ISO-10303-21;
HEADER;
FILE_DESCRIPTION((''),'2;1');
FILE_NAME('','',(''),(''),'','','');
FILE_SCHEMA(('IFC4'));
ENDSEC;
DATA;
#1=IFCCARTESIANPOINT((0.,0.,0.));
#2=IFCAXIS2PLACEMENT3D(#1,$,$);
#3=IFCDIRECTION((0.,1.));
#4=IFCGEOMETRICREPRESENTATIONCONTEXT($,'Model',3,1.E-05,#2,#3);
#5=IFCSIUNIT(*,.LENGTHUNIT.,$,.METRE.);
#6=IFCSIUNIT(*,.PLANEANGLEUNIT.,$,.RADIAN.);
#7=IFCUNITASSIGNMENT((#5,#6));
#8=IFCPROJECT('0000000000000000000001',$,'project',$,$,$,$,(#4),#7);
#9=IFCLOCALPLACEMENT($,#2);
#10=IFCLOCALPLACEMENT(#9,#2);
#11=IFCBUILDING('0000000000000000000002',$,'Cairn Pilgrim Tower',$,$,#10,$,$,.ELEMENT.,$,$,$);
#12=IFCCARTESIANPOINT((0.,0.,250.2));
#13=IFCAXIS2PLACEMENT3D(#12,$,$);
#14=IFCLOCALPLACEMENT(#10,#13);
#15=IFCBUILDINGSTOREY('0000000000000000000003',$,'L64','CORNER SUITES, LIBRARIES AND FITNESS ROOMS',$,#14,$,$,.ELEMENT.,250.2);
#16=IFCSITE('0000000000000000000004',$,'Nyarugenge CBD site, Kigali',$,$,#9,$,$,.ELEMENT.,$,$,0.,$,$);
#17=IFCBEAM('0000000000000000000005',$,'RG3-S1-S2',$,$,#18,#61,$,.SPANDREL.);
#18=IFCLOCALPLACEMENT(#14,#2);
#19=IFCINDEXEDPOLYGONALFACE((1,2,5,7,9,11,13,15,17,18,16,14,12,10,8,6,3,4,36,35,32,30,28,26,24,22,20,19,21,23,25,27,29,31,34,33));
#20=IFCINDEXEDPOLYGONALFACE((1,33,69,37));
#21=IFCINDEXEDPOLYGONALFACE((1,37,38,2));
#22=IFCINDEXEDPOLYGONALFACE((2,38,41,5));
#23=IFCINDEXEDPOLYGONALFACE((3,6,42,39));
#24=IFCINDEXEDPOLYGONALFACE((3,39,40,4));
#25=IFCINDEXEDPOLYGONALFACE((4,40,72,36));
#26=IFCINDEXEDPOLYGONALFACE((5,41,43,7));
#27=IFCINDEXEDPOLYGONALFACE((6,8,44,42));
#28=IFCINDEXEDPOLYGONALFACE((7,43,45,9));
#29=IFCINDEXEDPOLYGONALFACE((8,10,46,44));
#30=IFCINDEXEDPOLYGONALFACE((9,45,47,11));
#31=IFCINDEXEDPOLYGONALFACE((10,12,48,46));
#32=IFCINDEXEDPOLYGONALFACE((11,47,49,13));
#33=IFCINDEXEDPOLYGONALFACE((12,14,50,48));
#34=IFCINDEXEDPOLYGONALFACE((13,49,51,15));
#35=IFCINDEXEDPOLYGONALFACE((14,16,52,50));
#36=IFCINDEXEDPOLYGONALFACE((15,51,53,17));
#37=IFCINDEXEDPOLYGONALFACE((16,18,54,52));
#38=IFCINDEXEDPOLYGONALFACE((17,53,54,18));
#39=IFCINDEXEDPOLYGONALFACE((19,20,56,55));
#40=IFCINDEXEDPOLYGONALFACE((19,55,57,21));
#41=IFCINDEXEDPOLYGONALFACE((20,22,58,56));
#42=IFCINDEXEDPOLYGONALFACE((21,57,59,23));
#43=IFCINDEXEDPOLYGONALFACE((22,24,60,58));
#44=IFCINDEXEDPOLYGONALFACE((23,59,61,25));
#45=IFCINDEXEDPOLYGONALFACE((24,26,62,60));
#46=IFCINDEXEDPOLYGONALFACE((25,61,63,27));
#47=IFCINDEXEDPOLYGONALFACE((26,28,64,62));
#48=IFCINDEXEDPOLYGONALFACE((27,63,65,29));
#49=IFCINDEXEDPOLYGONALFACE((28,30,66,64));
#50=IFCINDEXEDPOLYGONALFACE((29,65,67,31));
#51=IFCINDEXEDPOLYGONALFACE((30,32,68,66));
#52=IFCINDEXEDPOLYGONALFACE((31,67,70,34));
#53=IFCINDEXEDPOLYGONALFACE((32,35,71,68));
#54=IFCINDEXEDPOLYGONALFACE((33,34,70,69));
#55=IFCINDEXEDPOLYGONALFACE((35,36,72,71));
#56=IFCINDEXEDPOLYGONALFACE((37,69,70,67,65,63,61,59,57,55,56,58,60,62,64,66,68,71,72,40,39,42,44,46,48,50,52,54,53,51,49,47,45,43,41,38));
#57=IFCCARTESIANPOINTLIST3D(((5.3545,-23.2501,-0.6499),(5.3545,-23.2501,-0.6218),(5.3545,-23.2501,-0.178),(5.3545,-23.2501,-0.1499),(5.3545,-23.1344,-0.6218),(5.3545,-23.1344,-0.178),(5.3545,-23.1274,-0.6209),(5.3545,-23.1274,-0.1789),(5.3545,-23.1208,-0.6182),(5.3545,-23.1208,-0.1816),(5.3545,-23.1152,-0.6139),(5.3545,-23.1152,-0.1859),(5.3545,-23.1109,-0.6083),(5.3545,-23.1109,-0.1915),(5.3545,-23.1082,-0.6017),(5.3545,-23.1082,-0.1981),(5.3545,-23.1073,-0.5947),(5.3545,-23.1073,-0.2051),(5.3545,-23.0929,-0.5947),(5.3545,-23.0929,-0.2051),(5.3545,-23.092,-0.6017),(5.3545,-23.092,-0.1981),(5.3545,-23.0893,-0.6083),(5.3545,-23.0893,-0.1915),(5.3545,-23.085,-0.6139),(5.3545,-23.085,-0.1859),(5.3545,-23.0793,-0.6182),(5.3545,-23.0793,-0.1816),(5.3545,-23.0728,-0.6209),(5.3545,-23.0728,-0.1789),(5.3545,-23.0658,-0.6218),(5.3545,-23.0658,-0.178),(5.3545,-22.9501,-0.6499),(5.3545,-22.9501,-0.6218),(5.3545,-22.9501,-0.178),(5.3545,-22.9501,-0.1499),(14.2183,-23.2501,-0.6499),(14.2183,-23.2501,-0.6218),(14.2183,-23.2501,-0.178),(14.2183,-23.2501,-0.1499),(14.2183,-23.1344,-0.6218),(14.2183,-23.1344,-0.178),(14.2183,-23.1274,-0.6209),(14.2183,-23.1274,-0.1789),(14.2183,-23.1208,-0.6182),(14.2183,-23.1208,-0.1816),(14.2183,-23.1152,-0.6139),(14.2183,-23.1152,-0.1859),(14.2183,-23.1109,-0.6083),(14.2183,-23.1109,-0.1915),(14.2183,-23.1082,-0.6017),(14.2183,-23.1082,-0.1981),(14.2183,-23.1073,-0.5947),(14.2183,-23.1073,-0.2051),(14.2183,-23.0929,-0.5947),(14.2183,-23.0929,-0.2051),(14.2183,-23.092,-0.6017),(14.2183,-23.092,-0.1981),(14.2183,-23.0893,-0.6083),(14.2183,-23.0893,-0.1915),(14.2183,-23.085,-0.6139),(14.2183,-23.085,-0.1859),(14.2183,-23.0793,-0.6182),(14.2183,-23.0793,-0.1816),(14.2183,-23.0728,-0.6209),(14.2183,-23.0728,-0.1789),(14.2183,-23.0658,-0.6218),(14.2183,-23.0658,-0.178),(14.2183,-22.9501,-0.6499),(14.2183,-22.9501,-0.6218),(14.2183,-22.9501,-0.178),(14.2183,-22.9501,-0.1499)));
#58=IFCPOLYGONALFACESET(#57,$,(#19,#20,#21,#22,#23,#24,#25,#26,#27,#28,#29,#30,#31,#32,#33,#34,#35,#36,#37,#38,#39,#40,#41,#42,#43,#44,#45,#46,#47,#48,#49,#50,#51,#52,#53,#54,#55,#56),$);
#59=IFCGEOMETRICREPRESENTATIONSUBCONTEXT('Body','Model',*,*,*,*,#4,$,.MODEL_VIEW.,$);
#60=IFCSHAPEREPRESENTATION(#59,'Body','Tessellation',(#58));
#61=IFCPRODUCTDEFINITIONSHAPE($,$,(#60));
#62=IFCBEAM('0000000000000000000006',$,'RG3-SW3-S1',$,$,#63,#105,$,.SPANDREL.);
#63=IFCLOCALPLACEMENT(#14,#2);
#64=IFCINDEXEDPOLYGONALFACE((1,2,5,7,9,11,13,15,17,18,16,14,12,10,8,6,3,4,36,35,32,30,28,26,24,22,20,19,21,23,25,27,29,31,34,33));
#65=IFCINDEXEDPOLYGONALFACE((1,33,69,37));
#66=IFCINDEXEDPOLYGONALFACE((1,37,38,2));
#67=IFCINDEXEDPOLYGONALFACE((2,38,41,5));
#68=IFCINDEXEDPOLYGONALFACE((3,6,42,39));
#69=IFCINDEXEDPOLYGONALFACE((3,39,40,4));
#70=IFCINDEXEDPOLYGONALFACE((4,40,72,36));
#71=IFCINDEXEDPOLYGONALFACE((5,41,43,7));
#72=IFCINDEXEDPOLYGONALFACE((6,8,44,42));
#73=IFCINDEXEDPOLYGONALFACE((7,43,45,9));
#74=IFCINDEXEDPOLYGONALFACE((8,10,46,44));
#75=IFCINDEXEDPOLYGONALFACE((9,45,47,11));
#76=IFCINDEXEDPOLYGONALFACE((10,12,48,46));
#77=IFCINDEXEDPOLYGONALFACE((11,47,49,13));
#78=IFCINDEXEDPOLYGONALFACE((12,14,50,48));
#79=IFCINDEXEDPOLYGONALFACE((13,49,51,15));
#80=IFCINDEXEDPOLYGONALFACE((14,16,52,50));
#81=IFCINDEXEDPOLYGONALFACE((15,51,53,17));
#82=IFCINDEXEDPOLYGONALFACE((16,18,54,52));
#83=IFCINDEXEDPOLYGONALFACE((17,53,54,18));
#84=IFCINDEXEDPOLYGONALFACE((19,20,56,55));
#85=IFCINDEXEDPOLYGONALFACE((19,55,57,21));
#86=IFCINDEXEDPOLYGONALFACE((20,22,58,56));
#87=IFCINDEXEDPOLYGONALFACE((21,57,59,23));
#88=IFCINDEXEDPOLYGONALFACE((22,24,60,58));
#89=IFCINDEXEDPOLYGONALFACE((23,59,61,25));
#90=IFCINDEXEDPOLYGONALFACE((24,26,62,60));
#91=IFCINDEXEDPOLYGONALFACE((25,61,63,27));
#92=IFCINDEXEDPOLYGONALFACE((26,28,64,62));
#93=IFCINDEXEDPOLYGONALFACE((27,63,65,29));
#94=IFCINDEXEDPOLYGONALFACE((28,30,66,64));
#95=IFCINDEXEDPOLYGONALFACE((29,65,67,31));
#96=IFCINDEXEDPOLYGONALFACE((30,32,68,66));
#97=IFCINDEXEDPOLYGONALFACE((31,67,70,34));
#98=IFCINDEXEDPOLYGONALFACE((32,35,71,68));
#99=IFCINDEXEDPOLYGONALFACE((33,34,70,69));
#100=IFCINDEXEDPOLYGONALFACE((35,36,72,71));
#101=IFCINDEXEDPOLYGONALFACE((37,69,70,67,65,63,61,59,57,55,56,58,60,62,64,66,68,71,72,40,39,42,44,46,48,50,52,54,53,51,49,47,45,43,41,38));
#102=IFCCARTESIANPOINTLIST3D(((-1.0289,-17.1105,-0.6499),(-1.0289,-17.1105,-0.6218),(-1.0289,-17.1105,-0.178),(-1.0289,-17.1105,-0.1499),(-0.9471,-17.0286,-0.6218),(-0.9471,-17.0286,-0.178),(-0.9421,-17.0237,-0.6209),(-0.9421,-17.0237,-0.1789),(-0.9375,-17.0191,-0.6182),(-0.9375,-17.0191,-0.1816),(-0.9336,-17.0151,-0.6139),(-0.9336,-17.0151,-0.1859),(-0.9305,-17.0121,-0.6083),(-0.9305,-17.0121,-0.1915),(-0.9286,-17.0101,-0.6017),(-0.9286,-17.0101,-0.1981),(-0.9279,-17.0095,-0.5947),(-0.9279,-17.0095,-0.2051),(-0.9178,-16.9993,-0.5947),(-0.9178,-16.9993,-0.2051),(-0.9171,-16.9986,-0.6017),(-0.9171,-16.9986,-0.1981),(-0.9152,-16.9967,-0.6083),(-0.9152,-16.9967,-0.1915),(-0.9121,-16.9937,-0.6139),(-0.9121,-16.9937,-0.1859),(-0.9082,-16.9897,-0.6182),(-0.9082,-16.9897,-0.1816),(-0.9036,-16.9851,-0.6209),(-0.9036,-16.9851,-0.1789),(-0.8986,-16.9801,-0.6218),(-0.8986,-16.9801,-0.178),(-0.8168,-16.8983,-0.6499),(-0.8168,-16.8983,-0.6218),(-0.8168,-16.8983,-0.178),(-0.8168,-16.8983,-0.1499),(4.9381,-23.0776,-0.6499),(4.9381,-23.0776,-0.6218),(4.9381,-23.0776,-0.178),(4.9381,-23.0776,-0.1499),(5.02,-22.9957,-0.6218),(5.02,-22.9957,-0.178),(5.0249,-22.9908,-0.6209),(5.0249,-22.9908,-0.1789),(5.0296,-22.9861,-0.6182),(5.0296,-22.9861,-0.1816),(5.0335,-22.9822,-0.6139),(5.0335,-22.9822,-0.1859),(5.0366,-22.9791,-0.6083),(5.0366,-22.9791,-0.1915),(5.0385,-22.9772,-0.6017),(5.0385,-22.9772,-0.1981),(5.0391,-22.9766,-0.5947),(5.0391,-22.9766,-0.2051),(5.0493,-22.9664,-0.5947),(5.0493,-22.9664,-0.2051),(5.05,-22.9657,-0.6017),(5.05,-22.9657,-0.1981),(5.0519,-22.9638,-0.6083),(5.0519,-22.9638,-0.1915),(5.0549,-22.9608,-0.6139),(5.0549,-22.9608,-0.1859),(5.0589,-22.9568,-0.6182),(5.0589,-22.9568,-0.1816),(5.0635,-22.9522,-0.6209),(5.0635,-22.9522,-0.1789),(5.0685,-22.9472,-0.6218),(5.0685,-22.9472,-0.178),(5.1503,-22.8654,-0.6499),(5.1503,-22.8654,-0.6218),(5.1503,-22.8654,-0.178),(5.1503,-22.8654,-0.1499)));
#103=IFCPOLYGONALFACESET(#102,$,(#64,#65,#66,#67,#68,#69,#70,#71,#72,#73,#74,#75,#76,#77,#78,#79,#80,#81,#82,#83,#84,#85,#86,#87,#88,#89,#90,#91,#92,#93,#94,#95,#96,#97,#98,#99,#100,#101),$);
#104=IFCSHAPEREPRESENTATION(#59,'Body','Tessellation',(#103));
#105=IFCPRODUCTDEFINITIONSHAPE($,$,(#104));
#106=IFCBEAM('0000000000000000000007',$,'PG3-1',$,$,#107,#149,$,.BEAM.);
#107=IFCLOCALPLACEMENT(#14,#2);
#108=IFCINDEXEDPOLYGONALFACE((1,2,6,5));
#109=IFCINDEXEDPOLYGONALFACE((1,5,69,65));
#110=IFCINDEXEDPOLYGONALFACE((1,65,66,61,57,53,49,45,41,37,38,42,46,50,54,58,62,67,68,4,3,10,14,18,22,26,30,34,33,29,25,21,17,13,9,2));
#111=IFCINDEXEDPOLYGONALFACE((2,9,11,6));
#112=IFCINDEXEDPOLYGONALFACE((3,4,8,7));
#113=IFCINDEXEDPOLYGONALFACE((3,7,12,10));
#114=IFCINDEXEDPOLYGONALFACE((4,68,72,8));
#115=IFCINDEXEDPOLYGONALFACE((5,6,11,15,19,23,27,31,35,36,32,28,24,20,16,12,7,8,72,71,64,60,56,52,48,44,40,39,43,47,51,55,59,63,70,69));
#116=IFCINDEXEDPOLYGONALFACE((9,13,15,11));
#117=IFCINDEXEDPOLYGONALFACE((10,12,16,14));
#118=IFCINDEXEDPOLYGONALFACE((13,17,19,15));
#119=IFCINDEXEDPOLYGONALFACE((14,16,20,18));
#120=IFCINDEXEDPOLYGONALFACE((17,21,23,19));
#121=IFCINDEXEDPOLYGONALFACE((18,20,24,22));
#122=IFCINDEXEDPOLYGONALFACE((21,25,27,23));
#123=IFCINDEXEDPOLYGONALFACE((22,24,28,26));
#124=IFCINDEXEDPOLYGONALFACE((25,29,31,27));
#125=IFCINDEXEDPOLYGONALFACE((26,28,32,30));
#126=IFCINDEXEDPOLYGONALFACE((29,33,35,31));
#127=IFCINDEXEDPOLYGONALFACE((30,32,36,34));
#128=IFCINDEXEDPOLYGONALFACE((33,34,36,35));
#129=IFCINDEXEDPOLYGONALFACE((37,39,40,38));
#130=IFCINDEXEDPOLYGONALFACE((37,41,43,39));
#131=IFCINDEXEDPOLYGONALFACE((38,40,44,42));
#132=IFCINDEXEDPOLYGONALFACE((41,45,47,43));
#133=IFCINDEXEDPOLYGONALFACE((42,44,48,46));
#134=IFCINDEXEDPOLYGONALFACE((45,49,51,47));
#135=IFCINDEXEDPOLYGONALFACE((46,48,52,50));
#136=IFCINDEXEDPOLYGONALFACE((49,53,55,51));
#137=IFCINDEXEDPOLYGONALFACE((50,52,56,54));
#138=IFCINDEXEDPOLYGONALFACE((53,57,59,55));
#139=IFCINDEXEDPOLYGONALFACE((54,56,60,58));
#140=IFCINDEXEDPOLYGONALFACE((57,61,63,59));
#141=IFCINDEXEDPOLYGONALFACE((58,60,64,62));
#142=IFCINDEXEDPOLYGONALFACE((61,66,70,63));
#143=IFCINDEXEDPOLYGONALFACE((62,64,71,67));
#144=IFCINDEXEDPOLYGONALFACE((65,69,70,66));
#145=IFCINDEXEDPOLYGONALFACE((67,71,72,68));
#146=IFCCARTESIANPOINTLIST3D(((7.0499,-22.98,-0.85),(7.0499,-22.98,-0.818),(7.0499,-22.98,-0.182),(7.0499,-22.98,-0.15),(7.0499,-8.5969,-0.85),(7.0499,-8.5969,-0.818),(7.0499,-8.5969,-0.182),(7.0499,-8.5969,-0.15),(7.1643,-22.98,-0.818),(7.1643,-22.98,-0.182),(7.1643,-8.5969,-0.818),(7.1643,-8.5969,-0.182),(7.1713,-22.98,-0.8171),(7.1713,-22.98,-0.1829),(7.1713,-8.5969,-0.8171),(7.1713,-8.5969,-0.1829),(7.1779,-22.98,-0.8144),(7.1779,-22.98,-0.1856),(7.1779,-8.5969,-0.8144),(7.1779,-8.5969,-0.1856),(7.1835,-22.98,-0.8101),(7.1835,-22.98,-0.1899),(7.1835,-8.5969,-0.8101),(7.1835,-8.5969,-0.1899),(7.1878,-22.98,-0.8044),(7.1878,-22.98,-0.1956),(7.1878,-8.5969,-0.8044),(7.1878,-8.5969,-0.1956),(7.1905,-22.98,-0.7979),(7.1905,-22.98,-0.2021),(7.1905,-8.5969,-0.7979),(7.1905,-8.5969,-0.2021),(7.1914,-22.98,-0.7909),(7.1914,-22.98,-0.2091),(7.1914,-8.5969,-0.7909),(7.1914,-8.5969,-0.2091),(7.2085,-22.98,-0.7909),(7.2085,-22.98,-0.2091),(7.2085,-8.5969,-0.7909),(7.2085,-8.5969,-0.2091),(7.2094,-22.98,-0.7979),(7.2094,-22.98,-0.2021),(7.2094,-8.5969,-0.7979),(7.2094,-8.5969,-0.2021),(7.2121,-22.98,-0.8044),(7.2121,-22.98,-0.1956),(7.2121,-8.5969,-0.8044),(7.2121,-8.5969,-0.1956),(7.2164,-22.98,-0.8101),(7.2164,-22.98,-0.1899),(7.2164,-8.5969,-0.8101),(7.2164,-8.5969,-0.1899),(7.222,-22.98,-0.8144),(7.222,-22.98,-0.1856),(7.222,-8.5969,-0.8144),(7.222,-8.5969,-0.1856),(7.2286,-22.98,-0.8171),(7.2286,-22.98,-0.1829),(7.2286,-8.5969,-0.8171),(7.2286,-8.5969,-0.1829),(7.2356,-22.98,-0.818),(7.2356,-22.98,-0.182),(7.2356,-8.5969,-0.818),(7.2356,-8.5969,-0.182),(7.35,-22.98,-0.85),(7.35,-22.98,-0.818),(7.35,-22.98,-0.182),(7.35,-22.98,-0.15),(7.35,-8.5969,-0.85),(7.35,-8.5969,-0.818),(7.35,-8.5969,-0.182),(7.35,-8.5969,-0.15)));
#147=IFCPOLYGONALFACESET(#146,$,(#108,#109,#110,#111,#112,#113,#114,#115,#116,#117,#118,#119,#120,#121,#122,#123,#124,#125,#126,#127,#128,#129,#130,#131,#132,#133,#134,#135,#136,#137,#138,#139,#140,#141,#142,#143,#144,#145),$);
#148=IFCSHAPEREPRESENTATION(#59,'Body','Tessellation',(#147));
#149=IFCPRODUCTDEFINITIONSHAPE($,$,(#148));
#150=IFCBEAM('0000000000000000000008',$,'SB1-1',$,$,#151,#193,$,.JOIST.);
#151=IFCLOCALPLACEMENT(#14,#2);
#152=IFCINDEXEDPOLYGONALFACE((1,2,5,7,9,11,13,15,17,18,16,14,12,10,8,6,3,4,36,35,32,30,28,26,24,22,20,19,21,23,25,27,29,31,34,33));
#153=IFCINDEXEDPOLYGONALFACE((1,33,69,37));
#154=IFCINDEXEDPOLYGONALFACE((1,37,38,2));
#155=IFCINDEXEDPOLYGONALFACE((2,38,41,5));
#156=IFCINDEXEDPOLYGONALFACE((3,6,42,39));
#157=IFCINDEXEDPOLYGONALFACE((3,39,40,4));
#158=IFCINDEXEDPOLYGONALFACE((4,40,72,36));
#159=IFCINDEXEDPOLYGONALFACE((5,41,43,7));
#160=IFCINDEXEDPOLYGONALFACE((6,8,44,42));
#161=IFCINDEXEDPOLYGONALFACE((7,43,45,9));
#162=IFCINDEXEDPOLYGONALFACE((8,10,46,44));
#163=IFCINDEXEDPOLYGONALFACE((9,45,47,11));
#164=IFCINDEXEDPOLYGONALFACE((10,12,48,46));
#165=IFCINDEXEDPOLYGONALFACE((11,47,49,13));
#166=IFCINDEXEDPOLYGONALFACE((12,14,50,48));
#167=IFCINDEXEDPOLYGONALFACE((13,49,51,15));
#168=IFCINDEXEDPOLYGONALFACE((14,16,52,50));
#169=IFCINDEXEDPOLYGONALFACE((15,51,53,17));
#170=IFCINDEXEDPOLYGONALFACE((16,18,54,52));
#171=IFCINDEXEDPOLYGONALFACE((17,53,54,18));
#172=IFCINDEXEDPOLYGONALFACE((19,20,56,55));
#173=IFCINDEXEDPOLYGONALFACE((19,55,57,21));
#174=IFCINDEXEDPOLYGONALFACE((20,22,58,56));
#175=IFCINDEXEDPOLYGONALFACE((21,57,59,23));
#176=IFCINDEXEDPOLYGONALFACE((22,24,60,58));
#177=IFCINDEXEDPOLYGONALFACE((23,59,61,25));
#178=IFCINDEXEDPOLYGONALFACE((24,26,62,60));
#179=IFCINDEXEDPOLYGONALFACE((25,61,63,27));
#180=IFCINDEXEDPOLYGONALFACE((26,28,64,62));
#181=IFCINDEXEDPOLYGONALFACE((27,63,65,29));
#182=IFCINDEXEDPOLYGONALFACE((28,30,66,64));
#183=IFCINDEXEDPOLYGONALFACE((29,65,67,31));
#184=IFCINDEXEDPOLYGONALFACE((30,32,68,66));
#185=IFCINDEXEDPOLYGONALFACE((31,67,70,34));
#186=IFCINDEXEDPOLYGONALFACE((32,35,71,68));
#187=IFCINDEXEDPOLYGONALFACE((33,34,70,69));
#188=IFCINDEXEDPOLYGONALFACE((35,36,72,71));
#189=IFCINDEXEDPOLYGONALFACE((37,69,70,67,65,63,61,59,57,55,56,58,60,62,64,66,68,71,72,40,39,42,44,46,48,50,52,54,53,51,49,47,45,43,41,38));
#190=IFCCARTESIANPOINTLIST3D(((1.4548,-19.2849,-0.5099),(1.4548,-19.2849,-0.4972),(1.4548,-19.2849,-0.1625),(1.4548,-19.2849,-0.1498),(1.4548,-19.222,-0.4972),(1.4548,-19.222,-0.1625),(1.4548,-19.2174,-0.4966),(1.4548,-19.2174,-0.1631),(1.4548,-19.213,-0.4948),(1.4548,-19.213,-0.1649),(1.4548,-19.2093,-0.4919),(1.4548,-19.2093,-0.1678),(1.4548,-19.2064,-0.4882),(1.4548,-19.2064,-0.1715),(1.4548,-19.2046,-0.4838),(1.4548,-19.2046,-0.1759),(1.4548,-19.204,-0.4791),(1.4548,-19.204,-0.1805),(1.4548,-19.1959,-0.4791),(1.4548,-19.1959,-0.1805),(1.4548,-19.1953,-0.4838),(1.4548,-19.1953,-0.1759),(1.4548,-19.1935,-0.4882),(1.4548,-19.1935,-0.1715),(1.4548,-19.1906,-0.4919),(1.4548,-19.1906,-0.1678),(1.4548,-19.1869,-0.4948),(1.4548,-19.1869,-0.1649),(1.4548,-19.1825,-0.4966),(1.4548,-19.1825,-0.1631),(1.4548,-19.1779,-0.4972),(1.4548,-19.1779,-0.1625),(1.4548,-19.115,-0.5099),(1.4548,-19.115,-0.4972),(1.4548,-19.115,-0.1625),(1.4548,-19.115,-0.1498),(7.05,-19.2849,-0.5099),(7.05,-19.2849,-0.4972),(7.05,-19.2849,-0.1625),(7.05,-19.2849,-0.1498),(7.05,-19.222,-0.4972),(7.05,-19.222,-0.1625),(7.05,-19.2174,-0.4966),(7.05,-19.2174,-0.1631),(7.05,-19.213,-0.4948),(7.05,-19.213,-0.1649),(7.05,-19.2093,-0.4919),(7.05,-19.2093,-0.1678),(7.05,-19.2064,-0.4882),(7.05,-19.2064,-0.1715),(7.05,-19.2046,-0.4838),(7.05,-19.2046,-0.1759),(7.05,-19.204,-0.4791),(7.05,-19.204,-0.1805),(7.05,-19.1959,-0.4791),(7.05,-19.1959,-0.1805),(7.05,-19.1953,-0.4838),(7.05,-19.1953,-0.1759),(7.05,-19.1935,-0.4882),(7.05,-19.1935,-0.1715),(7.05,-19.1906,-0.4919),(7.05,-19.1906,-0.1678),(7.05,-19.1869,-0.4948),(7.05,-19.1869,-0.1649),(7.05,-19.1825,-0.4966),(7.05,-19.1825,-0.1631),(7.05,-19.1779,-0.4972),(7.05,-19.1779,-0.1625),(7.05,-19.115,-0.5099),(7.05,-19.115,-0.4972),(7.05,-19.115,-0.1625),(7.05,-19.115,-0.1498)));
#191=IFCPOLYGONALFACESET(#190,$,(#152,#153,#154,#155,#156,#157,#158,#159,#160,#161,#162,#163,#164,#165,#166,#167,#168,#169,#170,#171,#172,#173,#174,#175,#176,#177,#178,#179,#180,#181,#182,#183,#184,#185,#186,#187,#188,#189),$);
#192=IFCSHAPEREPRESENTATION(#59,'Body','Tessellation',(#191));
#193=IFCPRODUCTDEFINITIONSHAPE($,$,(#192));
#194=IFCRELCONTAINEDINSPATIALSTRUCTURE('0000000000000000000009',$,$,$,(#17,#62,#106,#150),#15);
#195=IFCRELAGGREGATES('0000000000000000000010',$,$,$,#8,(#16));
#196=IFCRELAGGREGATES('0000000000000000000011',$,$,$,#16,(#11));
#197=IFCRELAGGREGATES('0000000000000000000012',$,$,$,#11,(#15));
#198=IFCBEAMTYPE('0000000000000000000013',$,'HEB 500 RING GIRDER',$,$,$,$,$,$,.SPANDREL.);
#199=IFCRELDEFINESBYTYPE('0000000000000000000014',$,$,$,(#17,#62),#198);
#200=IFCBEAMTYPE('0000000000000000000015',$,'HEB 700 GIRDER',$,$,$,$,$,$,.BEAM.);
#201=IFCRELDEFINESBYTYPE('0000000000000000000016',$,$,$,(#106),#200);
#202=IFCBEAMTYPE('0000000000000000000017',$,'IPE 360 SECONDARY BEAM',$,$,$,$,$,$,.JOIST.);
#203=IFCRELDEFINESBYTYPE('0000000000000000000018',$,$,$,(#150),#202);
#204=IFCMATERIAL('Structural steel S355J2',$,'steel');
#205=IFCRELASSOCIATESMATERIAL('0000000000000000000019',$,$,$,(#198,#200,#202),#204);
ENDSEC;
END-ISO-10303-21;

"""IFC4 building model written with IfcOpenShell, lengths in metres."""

from ifc_helpers import new_model, si_unit, direction, frame, origin, origin_2d, place, context, subcontext, project, spatial, i_section, extrude, material, material_profile, profile_set, type_object, element, save


model = new_model("IFC4")

# Units and contexts
model_context = context("Model", 3, precision=1e-05, world=origin(), true_north=direction((0.0, 1.0)))
body_context = subcontext(model_context, "Body", "Model", "MODEL_VIEW")
ifc_project = project(units=[si_unit("LENGTHUNIT", "METRE"), si_unit("PLANEANGLEUNIT", "RADIAN")], contexts=[model_context])

# Site, building, storey
site_placement = place(None, origin())
site = spatial("IfcSite", under=ifc_project, at=site_placement, Name="Nyarugenge CBD site, Kigali", CompositionType="ELEMENT", RefElevation=0.0)
building_placement = place(site_placement, origin())
building = spatial("IfcBuilding", under=site, at=building_placement, Name="Cairn Pilgrim Tower", CompositionType="ELEMENT")
storey_placement = place(building_placement, frame((0.0, 0.0, 250.2)))
storey = spatial("IfcBuildingStorey", under=building, at=storey_placement, Name="L64", Description="CORNER SUITES, LIBRARIES AND FITNESS ROOMS", CompositionType="ELEMENT", Elevation=250.2)

# Beams
ifc_material_1 = material(Name="Structural steel S355J2", Category="steel")
ifc_material_profile_1 = material_profile(ifc_material_1, i_section(OverallWidth=0.3, OverallDepth=0.5, WebThickness=0.0144, FlangeThickness=0.0281, FilletRadius=0.0271, at=origin_2d()), Name="HEB 500")
ifc_profile_set_1 = profile_set([ifc_material_profile_1], Name="Structural steel S355J2")
beam_type_1 = type_object("IfcBeamType", Name="HEB 500 RING GIRDER", PredefinedType="SPANDREL", material=ifc_profile_set_1)
beam_1_placement = place(storey_placement, frame((5.3545, -23.1001, -0.3999), z_axis=(1.0, 0.0, 0.0), x_axis=(0.0, 1.0, 0.0)))
element("IfcBeam", 1, at=beam_1_placement, inside=storey, type_object=beam_type_1, Name="RG3-S1-S2", PredefinedType="SPANDREL", context=body_context, shape_type="SweptSolid", body=[
    extrude(i_section(OverallWidth=0.3, OverallDepth=0.5, WebThickness=0.0144, FlangeThickness=0.0281, FilletRadius=0.0271, at=origin_2d()), origin(), (0.0, 0.0, 1.0), 8.8638),
])
beam_2_placement = place(storey_placement, frame((-0.9229, -17.0044, -0.3999), z_axis=(0.707107, -0.707107, 0.0), x_axis=(0.707107, 0.707107, 0.0)))
element("IfcBeam", 2, at=beam_2_placement, inside=storey, type_object=beam_type_1, Name="RG3-SW3-S1", PredefinedType="SPANDREL", context=body_context, shape_type="SweptSolid", body=[
    extrude(i_section(OverallWidth=0.3, OverallDepth=0.5, WebThickness=0.0144, FlangeThickness=0.0281, FilletRadius=0.0271, at=origin_2d()), origin(), (0.0, 0.0, 1.0), 8.4387),
])
ifc_material_profile_2 = material_profile(ifc_material_1, i_section(OverallWidth=0.3, OverallDepth=0.7, WebThickness=0.0171, FlangeThickness=0.032, FilletRadius=0.0271, at=origin_2d()), Name="HEB 700")
ifc_profile_set_2 = profile_set([ifc_material_profile_2], Name="Structural steel S355J2")
beam_type_2 = type_object("IfcBeamType", Name="HEB 700 GIRDER", PredefinedType="BEAM", material=ifc_profile_set_2)
beam_3_placement = place(storey_placement, frame((7.2, -22.98, -0.5), z_axis=(0.0, 1.0, 0.0), x_axis=(-1.0, 0.0, 0.0)))
element("IfcBeam", 3, at=beam_3_placement, inside=storey, type_object=beam_type_2, Name="PG3-1", PredefinedType="BEAM", context=body_context, shape_type="SweptSolid", body=[
    extrude(i_section(OverallWidth=0.3, OverallDepth=0.7, WebThickness=0.0171, FlangeThickness=0.032, FilletRadius=0.0271, at=origin_2d()), origin(), (0.0, 0.0, 1.0), 14.3831),
])
ifc_material_profile_3 = material_profile(ifc_material_1, i_section(OverallWidth=0.1699, OverallDepth=0.3601, WebThickness=0.0081, FlangeThickness=0.0127, FilletRadius=0.0181, at=origin_2d()), Name="IPE 360")
ifc_profile_set_3 = profile_set([ifc_material_profile_3], Name="Structural steel S355J2")
beam_type_3 = type_object("IfcBeamType", Name="IPE 360 SECONDARY BEAM", PredefinedType="JOIST", material=ifc_profile_set_3)
beam_4_placement = place(storey_placement, frame((1.4548, -19.2, -0.3298), z_axis=(1.0, 0.0, 0.0), x_axis=(0.0, 1.0, 0.0)))
element("IfcBeam", 4, at=beam_4_placement, inside=storey, type_object=beam_type_3, Name="SB1-1", PredefinedType="JOIST", context=body_context, shape_type="SweptSolid", body=[
    extrude(i_section(OverallWidth=0.1699, OverallDepth=0.3601, WebThickness=0.0081, FlangeThickness=0.0127, FilletRadius=0.0181, at=origin_2d()), origin(), (0.0, 0.0, 1.0), 5.5952),
])

save(model, "model.ifc")
